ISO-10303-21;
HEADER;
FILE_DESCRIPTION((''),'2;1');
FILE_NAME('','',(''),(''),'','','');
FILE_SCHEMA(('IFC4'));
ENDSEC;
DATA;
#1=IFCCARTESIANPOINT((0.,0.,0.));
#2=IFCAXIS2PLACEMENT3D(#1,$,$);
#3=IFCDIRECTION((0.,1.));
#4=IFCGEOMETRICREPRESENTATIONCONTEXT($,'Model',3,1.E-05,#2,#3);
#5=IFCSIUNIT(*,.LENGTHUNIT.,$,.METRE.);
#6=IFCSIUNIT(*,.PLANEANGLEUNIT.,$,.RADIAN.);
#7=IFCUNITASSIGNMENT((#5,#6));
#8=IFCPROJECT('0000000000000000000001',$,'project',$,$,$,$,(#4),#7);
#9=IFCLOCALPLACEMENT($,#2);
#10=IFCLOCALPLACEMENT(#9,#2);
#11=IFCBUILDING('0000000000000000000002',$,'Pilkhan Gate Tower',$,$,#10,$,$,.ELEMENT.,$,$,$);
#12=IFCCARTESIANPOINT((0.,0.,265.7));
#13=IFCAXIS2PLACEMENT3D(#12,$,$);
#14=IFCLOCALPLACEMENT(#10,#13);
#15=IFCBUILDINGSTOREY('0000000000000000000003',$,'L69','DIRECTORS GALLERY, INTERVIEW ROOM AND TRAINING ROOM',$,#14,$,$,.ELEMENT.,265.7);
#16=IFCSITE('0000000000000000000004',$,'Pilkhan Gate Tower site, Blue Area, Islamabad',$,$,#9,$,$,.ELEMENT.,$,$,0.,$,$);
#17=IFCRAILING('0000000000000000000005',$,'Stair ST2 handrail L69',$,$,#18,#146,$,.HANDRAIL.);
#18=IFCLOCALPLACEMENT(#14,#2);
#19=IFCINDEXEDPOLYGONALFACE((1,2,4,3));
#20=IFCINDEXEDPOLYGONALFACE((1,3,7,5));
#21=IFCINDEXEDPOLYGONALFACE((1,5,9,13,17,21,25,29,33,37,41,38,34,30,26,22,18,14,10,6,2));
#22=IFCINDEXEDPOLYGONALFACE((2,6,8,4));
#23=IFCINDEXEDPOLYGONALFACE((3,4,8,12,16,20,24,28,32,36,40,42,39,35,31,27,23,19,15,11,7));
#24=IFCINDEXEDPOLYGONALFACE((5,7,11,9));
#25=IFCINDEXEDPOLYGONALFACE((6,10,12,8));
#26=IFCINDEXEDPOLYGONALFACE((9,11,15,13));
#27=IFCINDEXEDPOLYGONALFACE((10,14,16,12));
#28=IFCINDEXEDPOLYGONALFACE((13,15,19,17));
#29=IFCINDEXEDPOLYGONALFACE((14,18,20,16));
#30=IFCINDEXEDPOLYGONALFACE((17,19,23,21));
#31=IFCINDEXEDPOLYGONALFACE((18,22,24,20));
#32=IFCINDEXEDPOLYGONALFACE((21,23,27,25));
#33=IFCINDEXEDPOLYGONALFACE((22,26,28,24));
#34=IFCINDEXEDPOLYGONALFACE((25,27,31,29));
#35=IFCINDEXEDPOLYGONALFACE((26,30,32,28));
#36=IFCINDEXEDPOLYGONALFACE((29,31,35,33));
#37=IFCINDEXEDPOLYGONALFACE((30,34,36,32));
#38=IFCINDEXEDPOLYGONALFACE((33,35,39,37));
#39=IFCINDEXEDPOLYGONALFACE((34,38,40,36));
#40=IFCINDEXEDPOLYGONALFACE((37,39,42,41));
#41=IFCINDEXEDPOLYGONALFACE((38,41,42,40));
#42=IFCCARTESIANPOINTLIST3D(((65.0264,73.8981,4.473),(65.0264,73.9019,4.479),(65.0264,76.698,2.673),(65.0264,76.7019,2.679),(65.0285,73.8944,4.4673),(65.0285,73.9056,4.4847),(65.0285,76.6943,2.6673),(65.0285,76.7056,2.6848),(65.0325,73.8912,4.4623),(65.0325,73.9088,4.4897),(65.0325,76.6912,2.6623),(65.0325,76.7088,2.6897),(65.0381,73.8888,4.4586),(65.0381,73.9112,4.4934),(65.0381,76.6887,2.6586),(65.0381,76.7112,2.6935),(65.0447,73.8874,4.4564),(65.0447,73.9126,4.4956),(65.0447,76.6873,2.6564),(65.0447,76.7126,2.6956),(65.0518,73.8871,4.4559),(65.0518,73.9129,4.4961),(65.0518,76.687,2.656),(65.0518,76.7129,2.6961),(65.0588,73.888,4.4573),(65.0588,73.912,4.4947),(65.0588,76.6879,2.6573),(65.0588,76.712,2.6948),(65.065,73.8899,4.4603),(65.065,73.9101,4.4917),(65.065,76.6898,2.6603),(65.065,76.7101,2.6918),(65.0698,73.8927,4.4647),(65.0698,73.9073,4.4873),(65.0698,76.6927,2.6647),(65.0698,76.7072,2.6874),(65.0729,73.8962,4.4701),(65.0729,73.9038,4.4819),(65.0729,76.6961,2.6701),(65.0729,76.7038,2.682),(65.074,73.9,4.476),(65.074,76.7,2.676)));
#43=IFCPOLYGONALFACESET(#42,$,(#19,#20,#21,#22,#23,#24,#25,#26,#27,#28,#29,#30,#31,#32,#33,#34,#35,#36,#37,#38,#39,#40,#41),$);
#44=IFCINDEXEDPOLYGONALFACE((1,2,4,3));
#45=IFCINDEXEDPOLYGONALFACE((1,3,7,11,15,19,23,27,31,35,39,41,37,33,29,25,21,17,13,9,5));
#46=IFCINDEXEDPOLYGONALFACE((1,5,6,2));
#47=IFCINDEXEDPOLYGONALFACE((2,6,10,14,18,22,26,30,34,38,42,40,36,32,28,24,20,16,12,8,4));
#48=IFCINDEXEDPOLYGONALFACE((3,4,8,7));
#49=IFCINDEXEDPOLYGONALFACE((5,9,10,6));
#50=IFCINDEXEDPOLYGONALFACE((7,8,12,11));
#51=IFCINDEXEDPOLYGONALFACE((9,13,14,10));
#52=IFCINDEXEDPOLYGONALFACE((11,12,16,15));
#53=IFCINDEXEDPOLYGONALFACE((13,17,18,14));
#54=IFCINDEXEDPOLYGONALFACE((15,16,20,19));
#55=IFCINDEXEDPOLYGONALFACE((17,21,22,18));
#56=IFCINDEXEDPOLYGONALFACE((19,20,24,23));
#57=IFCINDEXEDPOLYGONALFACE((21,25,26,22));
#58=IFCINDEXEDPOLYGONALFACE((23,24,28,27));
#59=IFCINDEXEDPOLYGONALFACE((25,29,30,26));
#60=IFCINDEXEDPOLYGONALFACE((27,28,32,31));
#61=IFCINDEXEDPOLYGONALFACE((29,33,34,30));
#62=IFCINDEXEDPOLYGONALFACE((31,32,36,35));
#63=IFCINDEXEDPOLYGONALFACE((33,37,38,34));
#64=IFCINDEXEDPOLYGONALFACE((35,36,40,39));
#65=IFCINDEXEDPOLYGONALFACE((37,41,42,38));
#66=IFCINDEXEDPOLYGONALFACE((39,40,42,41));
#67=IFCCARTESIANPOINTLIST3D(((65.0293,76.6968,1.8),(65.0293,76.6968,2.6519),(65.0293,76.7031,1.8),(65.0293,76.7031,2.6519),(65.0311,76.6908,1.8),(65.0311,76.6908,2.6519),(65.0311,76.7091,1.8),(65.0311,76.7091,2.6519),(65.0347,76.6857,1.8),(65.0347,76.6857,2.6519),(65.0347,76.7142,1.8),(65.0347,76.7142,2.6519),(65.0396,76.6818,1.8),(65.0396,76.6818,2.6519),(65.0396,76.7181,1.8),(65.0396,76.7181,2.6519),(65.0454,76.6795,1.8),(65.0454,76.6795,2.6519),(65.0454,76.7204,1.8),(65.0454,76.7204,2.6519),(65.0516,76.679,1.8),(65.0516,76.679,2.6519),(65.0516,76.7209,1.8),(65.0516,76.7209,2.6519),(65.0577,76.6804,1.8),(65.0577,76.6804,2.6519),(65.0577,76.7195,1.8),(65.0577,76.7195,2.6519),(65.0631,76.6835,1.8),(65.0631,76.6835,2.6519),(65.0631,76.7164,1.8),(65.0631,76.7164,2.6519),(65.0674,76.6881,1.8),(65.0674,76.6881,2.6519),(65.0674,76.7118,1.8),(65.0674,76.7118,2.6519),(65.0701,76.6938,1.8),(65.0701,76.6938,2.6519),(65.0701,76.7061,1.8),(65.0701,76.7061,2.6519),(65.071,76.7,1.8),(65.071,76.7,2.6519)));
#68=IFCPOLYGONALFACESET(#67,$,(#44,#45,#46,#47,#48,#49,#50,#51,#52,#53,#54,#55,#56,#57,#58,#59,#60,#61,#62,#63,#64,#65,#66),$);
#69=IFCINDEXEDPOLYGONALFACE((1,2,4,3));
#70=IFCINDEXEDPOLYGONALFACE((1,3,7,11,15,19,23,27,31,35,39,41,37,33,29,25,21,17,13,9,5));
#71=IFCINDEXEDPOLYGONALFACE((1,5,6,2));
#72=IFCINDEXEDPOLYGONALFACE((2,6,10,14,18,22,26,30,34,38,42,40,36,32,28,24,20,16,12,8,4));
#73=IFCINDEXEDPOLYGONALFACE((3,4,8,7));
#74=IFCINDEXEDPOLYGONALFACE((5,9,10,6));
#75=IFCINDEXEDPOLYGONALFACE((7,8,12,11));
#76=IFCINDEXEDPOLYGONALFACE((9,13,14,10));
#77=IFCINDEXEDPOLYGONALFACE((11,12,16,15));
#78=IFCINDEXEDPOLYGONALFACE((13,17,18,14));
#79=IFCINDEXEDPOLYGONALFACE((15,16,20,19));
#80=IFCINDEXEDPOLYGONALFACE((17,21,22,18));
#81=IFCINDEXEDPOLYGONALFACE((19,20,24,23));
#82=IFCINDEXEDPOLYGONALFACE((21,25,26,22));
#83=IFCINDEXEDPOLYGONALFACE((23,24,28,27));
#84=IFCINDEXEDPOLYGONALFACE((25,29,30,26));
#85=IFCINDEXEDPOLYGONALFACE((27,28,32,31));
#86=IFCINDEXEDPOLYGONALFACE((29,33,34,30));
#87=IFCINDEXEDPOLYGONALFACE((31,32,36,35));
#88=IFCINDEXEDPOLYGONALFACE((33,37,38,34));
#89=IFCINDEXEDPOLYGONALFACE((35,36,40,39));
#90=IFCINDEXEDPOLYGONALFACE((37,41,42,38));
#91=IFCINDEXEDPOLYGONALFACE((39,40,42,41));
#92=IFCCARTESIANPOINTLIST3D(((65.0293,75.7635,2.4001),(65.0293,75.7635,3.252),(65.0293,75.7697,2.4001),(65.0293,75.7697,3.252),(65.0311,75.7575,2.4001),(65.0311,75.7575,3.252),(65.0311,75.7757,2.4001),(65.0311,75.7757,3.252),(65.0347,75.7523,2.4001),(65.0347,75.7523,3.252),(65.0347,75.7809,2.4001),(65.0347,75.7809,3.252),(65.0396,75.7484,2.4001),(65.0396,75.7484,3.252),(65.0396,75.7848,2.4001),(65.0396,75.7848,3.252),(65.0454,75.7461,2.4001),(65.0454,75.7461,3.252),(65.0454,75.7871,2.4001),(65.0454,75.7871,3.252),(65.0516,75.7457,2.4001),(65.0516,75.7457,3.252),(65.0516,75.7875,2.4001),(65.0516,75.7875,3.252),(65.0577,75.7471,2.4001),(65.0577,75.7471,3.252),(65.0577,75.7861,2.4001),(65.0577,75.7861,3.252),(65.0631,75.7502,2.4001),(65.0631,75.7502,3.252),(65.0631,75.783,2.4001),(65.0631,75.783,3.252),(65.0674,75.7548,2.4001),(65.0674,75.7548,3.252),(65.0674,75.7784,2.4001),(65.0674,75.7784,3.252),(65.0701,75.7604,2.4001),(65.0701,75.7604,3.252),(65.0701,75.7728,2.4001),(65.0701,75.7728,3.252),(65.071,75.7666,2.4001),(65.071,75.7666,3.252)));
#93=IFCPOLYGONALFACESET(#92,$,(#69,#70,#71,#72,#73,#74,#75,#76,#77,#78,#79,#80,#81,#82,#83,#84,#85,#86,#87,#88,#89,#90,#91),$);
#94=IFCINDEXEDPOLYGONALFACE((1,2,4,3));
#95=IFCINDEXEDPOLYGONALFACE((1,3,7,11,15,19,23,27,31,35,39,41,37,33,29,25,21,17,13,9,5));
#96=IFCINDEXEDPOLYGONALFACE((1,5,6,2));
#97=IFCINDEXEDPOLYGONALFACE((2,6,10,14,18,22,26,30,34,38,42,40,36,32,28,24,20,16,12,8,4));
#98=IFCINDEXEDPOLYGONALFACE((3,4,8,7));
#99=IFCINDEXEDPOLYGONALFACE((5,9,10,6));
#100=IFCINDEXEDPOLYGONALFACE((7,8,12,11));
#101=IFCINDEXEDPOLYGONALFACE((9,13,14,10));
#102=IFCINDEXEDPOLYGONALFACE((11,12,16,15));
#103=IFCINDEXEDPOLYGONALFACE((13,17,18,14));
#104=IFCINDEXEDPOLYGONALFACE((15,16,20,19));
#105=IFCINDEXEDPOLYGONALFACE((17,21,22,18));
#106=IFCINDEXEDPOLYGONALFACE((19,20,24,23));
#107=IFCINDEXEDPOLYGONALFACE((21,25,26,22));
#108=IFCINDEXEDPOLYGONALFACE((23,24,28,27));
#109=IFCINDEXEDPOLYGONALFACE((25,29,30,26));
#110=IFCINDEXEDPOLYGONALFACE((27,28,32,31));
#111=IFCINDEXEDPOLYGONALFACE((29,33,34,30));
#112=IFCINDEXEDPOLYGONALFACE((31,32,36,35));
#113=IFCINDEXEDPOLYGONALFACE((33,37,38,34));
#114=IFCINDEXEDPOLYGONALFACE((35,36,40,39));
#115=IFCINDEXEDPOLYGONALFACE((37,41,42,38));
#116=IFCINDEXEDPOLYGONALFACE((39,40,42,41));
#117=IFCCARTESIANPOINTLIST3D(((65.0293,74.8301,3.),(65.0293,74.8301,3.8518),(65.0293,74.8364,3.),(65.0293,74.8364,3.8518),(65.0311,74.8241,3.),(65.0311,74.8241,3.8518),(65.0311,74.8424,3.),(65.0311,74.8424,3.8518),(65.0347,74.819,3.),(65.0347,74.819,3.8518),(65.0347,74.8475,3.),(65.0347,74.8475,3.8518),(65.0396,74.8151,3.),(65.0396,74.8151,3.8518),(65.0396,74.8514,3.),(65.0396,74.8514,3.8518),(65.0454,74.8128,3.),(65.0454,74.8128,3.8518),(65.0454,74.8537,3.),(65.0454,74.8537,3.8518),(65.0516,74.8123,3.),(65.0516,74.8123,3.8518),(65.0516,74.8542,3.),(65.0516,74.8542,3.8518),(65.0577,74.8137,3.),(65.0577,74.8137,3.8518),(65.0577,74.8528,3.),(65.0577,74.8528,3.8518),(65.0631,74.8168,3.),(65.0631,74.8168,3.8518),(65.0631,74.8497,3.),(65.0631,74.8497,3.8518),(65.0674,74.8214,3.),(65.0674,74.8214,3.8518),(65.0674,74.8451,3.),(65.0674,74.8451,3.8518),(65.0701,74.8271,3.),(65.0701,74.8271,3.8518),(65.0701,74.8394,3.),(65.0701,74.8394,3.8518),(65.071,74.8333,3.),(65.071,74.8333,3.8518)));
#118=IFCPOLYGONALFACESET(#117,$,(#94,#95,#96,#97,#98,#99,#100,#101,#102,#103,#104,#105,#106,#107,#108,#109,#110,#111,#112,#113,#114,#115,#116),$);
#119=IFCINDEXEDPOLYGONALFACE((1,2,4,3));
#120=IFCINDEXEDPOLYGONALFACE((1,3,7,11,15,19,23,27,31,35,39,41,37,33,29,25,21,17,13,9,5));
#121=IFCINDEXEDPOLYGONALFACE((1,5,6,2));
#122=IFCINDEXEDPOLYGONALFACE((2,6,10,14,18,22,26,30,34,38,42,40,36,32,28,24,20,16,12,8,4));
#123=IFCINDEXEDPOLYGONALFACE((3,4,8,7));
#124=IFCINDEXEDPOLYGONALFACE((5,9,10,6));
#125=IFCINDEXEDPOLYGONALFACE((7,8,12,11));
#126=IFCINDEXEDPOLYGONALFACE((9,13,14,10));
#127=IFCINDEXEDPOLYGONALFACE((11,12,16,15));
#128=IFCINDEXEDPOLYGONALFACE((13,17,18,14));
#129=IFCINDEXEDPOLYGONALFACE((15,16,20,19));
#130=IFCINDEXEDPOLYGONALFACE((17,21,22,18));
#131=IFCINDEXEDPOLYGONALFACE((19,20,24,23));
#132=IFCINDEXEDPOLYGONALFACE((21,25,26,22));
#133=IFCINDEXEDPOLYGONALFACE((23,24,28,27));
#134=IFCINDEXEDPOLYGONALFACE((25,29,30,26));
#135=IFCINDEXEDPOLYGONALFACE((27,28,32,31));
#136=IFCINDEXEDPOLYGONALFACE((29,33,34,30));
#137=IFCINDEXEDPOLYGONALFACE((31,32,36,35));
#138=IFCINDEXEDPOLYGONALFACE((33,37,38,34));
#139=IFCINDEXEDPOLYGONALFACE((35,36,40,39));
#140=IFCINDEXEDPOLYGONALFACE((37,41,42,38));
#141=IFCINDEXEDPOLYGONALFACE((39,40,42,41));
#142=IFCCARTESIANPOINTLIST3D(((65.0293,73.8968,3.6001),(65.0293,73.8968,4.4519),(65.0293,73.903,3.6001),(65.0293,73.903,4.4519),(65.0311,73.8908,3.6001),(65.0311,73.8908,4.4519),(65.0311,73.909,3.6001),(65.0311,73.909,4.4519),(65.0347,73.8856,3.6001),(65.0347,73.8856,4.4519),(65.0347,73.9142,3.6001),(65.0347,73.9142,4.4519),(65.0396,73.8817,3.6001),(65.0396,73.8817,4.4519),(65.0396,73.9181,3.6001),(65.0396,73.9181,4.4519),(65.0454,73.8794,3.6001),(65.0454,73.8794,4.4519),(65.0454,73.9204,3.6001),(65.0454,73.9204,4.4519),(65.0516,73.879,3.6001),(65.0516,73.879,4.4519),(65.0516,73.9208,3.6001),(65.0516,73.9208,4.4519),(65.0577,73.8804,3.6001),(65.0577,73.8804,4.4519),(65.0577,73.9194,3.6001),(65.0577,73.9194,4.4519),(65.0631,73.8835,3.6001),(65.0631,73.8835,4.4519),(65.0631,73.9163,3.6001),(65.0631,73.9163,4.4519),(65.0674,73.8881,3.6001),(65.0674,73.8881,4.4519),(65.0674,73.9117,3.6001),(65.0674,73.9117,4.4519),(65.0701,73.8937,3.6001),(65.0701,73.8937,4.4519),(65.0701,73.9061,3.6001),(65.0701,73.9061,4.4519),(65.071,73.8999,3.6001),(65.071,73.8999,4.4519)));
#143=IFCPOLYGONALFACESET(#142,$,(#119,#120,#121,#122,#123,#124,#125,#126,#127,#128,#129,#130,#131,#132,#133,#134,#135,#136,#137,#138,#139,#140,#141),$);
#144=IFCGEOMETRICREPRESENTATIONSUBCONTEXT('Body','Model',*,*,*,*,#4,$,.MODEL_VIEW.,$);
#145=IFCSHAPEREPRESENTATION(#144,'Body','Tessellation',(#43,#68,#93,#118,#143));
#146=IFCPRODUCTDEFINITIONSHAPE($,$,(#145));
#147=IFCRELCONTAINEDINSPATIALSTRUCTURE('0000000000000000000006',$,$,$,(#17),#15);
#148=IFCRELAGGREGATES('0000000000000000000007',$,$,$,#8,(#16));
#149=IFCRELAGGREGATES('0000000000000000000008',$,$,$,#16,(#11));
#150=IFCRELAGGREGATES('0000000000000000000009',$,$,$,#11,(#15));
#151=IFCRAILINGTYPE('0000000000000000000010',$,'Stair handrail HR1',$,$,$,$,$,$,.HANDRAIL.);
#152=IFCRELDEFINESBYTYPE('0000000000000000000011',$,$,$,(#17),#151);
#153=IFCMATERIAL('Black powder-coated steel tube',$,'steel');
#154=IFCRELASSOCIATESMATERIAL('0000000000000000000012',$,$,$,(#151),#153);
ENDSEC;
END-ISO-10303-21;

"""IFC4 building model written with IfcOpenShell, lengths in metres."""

from ifc_helpers import new_model, si_unit, direction, frame, origin, origin_2d, place, context, subcontext, project, spatial, circle, extrude, material, type_object, element, save


model = new_model("IFC4")

# Units and contexts
model_context = context("Model", 3, precision=1e-05, world=origin(), true_north=direction((0.0, 1.0)))
body_context = subcontext(model_context, "Body", "Model", "MODEL_VIEW")
ifc_project = project(units=[si_unit("LENGTHUNIT", "METRE"), si_unit("PLANEANGLEUNIT", "RADIAN")], contexts=[model_context])

# Site, building, storey
site_placement = place(None, origin())
site = spatial("IfcSite", under=ifc_project, at=site_placement, Name="Pilkhan Gate Tower site, Blue Area, Islamabad", CompositionType="ELEMENT", RefElevation=0.0)
building_placement = place(site_placement, origin())
building = spatial("IfcBuilding", under=site, at=building_placement, Name="Pilkhan Gate Tower", CompositionType="ELEMENT")
storey_placement = place(building_placement, frame((0.0, 0.0, 265.7)))
storey = spatial("IfcBuildingStorey", under=building, at=storey_placement, Name="L69", Description="DIRECTORS GALLERY, INTERVIEW ROOM AND TRAINING ROOM", CompositionType="ELEMENT", Elevation=265.7)

# Railing
ifc_material_1 = material(Name="Black powder-coated steel tube", Category="steel")
railing_type_1 = type_object("IfcRailingType", Name="Stair handrail HR1", PredefinedType="HANDRAIL", material=ifc_material_1)
railing_1_placement = place(storey_placement, frame((65.05, 76.7, 1.8)))
element("IfcRailing", 1, at=railing_1_placement, inside=storey, type_object=railing_type_1, Name="Stair ST2 handrail L69", PredefinedType="HANDRAIL", context=body_context, shape_type="SweptSolid", body=[
    extrude(circle(Radius=0.0239, at=origin_2d()), frame((0.0, 0.0, 0.876), z_axis=(0.0, -0.841176, 0.540761), x_axis=(1.0, 0.0, 0.0)), (0.0, 0.0, 1.0), 3.3286),
    extrude(circle(Radius=0.021, at=origin_2d()), origin(), (0.0, 0.0, 1.0), 0.8518),
    extrude(circle(Radius=0.021, at=origin_2d()), frame((0.0, -0.9333, 0.6001)), (0.0, 0.0, 1.0), 0.8518),
    extrude(circle(Radius=0.021, at=origin_2d()), frame((0.0, -1.8667, 1.2)), (0.0, 0.0, 1.0), 0.8518),
    extrude(circle(Radius=0.021, at=origin_2d()), frame((0.0, -2.8, 1.8)), (0.0, 0.0, 1.0), 0.8518),
])

save(model, "model.ifc")
